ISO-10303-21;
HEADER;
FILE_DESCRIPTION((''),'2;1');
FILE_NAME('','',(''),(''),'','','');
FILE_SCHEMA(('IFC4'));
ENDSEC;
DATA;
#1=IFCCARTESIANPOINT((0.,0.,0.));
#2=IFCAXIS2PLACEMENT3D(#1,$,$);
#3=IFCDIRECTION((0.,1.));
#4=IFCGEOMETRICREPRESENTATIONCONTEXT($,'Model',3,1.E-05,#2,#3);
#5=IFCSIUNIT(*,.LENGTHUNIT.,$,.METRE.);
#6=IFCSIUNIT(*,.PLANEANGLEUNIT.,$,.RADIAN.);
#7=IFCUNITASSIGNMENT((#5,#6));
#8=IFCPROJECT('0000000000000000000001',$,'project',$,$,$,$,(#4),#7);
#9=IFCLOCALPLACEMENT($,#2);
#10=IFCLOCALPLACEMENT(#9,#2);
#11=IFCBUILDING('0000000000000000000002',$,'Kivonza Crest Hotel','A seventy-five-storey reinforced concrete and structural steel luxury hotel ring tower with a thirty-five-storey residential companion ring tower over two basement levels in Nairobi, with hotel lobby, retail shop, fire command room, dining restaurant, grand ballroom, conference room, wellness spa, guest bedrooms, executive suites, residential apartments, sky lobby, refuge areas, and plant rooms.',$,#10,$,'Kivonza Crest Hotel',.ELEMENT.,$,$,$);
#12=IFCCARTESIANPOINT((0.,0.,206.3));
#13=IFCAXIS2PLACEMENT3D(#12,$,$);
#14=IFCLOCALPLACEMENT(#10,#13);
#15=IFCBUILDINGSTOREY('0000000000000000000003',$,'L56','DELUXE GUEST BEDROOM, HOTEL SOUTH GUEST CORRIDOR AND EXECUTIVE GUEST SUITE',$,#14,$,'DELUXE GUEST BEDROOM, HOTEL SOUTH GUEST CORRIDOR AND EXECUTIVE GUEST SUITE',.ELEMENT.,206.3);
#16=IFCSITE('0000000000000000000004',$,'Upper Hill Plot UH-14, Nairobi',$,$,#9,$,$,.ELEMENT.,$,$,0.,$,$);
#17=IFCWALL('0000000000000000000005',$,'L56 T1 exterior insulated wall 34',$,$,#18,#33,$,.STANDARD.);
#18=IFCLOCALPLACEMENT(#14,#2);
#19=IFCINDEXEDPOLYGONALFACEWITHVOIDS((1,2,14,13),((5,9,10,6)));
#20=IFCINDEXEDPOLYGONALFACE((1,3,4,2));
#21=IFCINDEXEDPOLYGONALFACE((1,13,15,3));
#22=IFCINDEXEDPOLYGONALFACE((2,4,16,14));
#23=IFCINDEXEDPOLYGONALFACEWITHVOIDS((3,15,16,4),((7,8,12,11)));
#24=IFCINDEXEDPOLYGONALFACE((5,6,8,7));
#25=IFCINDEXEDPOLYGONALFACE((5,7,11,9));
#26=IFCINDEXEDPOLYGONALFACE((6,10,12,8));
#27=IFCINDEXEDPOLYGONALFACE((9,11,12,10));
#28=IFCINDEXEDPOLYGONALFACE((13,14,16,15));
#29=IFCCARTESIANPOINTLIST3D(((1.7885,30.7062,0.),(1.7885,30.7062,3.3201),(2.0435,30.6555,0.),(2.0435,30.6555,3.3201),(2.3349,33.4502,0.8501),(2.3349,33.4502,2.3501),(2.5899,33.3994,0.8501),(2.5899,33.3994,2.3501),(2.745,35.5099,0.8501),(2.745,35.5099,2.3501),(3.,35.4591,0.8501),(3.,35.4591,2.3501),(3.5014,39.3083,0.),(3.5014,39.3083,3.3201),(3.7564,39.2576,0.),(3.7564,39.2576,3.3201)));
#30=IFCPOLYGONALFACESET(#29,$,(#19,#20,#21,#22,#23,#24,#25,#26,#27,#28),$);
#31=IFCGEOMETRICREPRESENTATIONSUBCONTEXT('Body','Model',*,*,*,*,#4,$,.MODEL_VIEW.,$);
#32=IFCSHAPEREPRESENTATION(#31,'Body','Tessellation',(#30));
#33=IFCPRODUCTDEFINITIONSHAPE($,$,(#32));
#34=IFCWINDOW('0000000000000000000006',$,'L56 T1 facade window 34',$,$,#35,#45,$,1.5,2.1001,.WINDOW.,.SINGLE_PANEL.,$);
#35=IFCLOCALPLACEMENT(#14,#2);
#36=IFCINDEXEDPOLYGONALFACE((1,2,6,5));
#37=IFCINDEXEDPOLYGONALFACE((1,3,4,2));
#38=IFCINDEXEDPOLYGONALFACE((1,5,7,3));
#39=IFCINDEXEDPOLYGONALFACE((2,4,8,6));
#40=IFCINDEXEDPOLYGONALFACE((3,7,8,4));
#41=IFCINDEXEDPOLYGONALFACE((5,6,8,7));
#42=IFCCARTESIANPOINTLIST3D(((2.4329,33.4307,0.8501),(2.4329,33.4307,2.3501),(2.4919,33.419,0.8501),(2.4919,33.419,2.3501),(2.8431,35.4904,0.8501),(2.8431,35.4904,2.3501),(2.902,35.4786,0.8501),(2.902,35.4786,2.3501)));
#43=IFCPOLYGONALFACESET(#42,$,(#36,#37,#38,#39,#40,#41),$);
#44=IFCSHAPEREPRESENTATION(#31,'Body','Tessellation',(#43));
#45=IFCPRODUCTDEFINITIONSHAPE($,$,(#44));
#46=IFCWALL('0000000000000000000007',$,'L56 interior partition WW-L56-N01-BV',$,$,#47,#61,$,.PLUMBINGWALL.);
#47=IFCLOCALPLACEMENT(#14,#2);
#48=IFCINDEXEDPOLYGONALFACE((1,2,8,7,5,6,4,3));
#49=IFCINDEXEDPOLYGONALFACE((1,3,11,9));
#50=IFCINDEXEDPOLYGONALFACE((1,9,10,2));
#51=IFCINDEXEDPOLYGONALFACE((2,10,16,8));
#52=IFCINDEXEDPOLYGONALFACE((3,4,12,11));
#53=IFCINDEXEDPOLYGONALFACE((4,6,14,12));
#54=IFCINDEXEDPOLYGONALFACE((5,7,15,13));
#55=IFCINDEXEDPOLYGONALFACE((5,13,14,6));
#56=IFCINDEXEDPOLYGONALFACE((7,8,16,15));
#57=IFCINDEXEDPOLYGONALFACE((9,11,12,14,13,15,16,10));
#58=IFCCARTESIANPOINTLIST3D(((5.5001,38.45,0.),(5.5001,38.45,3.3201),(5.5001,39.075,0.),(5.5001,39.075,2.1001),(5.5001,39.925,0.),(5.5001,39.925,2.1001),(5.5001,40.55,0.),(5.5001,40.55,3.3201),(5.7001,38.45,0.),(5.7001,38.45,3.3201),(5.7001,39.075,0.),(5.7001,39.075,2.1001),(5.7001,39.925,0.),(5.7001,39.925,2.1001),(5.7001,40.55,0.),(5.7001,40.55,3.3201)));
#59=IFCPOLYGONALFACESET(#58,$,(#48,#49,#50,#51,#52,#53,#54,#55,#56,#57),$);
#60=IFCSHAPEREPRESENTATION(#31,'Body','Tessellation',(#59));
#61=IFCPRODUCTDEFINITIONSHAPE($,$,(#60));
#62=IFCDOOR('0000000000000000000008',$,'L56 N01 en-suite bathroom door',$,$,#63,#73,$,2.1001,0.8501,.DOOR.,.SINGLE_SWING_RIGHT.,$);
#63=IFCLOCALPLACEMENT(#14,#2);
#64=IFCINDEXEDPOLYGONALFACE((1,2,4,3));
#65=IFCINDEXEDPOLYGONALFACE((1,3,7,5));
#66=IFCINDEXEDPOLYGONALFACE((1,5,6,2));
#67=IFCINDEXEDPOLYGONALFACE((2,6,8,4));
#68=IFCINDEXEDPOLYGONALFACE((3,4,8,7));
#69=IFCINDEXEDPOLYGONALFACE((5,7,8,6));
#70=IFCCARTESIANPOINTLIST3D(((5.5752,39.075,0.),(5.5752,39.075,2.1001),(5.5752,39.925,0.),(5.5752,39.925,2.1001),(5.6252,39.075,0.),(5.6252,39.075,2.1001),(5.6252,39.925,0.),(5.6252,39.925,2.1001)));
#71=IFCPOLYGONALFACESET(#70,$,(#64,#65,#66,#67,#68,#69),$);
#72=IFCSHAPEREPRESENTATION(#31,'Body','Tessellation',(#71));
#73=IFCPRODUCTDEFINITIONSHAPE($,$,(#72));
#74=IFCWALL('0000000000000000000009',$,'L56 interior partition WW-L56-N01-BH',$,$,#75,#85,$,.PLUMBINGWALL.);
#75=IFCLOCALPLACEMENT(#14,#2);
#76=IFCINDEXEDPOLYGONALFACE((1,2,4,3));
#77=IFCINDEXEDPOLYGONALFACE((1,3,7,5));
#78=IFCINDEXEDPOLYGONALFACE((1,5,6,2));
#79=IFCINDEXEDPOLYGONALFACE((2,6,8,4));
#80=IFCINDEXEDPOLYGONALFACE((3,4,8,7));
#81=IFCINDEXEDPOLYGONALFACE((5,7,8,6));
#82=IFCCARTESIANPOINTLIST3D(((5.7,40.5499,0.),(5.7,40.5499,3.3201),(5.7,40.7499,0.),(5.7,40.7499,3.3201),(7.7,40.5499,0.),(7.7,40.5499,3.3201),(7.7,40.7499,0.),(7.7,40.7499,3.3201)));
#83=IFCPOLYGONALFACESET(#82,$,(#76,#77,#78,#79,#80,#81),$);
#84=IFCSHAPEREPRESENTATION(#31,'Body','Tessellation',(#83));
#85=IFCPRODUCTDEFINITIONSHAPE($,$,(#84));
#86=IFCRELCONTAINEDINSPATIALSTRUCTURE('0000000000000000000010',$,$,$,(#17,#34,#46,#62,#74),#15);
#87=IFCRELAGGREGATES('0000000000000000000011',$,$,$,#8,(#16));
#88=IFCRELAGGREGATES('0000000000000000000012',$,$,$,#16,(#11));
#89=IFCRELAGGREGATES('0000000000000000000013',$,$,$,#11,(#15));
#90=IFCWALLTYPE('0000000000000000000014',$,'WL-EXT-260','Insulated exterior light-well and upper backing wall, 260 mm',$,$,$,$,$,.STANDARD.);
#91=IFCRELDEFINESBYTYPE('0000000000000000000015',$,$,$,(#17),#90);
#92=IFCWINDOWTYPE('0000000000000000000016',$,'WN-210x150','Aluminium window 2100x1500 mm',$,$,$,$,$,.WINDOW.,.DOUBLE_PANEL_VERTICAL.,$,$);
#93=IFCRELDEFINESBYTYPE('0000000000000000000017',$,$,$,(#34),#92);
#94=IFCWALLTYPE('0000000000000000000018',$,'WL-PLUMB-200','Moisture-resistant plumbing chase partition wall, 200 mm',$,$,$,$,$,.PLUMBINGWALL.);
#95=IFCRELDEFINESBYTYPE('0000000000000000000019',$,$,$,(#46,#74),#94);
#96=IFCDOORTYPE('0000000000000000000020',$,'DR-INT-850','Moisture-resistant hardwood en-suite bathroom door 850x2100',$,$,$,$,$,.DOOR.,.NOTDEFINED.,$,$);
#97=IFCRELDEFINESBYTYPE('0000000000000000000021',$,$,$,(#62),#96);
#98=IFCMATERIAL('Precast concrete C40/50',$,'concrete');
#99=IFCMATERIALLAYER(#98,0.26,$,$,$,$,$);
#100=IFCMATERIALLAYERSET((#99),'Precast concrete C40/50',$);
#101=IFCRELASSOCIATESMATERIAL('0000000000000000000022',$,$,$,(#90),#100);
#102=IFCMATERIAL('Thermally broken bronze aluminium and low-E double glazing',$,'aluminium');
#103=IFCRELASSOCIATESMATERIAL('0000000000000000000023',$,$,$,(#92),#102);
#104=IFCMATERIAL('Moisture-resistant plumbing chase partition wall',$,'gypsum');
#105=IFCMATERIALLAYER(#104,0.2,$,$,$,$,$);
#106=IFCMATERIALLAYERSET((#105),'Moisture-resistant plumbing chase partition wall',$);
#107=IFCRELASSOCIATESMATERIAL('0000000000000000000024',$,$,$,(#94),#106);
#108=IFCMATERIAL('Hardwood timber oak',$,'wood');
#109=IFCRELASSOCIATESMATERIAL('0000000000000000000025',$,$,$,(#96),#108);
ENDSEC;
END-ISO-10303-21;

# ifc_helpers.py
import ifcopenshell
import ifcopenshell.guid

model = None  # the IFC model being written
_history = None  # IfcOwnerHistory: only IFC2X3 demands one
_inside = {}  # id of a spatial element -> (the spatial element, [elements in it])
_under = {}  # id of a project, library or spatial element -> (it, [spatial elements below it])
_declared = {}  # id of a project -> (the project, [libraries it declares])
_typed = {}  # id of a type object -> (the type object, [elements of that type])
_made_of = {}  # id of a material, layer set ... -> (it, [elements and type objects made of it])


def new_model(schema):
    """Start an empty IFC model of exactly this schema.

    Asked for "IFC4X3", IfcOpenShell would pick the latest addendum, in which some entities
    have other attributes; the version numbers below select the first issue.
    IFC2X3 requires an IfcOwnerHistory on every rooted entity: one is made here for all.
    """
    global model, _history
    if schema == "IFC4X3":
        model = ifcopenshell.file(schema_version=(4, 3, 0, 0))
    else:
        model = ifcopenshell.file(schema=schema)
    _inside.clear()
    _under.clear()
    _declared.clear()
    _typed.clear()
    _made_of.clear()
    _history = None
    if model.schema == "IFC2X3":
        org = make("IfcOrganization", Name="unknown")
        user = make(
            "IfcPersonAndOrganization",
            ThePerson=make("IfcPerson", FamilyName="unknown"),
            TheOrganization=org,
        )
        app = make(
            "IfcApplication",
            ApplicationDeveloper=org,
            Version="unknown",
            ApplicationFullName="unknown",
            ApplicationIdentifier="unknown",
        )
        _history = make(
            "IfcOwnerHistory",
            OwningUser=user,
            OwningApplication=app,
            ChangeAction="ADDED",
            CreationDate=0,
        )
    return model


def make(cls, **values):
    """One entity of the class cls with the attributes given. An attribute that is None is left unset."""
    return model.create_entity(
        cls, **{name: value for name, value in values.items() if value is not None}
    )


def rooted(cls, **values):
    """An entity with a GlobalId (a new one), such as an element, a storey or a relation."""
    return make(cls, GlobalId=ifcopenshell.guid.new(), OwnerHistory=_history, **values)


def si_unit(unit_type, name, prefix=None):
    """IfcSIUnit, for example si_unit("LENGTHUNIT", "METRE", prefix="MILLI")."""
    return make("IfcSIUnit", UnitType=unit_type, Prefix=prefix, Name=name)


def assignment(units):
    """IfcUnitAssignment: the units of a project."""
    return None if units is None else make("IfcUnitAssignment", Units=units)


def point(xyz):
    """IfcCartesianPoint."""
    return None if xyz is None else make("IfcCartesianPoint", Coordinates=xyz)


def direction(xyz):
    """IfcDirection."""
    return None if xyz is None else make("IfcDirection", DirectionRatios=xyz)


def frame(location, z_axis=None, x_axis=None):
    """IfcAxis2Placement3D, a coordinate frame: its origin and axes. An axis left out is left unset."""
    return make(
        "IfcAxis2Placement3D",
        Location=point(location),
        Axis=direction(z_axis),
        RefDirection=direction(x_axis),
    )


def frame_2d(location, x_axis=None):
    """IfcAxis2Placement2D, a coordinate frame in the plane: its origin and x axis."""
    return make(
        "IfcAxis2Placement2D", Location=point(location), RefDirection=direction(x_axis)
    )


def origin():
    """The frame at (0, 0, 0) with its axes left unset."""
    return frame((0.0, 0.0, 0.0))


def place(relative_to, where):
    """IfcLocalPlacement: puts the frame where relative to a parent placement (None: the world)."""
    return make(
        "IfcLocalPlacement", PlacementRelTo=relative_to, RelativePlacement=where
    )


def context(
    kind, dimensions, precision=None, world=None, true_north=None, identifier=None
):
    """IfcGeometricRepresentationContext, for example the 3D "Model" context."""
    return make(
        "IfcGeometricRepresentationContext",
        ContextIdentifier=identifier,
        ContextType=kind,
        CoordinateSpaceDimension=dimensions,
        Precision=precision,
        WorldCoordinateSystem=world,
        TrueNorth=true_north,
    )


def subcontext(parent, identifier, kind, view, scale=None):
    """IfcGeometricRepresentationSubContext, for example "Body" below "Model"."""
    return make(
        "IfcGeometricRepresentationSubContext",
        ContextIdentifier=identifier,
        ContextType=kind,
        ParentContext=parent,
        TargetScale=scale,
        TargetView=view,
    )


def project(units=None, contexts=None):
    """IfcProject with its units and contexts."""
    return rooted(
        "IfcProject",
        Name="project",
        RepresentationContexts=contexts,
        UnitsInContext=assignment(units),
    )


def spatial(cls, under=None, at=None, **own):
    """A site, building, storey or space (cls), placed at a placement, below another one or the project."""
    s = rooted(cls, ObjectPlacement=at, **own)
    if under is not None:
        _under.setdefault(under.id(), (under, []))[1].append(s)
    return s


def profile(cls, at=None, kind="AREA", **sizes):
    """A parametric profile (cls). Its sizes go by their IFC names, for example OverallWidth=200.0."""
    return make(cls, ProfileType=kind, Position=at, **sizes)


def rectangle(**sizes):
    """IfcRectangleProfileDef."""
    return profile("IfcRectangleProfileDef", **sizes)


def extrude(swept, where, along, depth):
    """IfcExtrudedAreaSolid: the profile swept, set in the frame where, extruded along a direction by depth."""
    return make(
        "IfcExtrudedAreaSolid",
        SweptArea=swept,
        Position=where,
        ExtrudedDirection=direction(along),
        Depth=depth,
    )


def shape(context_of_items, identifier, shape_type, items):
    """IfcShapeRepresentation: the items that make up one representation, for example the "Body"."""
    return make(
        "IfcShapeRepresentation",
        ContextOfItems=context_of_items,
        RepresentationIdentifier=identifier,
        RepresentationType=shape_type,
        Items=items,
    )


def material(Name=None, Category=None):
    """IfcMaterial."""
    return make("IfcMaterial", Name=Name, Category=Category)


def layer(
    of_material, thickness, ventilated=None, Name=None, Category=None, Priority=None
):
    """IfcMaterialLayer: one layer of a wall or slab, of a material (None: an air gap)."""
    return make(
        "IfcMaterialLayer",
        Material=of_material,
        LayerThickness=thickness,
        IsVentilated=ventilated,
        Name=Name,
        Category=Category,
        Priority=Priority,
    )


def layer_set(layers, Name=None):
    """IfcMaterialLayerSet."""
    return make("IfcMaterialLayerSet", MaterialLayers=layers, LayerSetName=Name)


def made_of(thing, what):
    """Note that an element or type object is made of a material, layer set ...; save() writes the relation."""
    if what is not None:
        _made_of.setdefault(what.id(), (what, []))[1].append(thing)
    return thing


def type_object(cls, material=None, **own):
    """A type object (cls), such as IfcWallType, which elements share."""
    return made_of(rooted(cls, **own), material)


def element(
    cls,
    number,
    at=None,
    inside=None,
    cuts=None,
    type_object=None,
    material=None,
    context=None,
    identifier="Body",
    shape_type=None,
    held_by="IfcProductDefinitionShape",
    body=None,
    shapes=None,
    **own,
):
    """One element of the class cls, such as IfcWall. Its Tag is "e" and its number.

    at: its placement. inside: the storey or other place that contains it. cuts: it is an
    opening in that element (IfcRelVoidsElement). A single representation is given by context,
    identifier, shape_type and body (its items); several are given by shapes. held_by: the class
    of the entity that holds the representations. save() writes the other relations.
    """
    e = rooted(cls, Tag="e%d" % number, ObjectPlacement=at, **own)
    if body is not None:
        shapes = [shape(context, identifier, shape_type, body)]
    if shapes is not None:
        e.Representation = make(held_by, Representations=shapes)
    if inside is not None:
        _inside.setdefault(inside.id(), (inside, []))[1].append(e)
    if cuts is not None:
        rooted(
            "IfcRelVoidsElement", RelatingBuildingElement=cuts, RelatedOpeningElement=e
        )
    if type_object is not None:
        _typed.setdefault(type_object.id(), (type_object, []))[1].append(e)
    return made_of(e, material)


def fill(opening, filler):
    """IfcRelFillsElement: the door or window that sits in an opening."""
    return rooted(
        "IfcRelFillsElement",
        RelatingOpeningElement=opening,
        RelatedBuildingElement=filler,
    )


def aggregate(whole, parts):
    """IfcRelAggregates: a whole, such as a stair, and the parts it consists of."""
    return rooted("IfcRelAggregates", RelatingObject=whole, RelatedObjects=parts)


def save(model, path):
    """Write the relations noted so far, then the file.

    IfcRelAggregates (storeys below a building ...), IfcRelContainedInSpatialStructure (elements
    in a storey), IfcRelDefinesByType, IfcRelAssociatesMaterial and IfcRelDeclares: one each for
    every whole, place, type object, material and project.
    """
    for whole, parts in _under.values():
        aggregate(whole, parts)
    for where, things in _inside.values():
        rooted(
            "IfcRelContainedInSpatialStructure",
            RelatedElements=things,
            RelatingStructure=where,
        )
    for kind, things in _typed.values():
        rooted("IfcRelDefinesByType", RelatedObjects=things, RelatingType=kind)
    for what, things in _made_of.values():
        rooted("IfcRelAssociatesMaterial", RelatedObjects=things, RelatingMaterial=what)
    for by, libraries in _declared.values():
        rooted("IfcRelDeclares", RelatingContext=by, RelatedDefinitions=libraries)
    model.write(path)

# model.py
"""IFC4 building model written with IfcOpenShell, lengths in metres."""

from ifc_helpers import new_model, si_unit, direction, frame, frame_2d, origin, place, context, subcontext, project, spatial, rectangle, extrude, material, layer, layer_set, type_object, element, fill, save


model = new_model("IFC4")

# Units and contexts
model_context = context("Model", 3, precision=1e-05, world=origin(), true_north=direction((0.0, 1.0)))
body_context = subcontext(model_context, "Body", "Model", "MODEL_VIEW")
ifc_project = project(units=[si_unit("LENGTHUNIT", "METRE"), si_unit("PLANEANGLEUNIT", "RADIAN")], contexts=[model_context])

# Site, building, storey
site_placement = place(None, origin())
site = spatial("IfcSite", under=ifc_project, at=site_placement, Name="Upper Hill Plot UH-14, Nairobi", CompositionType="ELEMENT", RefElevation=0.0)
building_placement = place(site_placement, origin())
building = spatial("IfcBuilding", under=site, at=building_placement, Name="Kivonza Crest Hotel", Description="A seventy-five-storey reinforced concrete and structural steel luxury hotel ring tower with a thirty-five-storey residential companion ring tower over two basement levels in Nairobi, with hotel lobby, retail shop, fire command room, dining restaurant, grand ballroom, conference room, wellness spa, guest bedrooms, executive suites, residential apartments, sky lobby, refuge areas, and plant rooms.", LongName="Kivonza Crest Hotel", CompositionType="ELEMENT")
storey_placement = place(building_placement, frame((0.0, 0.0, 206.3)))
storey = spatial("IfcBuildingStorey", under=building, at=storey_placement, Name="L56", Description="DELUXE GUEST BEDROOM, HOTEL SOUTH GUEST CORRIDOR AND EXECUTIVE GUEST SUITE", LongName="DELUXE GUEST BEDROOM, HOTEL SOUTH GUEST CORRIDOR AND EXECUTIVE GUEST SUITE", CompositionType="ELEMENT", Elevation=206.3)

# Shared definitions
ifc_material_1 = material(Name="Hardwood timber oak", Category="wood")

# Shared definitions
ifc_material_2 = material(Name="Precast concrete C40/50", Category="concrete")
ifc_layer_1 = layer(ifc_material_2, 0.26)
ifc_layer_set_1 = layer_set([ifc_layer_1], Name="Precast concrete C40/50")
wall_type_1 = type_object("IfcWallType", Name="WL-EXT-260", Description="Insulated exterior light-well and upper backing wall, 260 mm", PredefinedType="STANDARD", material=ifc_layer_set_1)

# Wall, opening, window
ifc_material_3 = material(Name="Thermally broken bronze aluminium and low-E double glazing", Category="aluminium")
wall_1_placement = place(storey_placement, frame((3.6289, 39.283, 0.0), z_axis=(0.0, 0.0, 1.0), x_axis=(-0.195292, -0.980745, 0.0)))
wall_1 = element("IfcWall", 1, at=wall_1_placement, inside=storey, type_object=wall_type_1, Name="L56 T1 exterior insulated wall 34", PredefinedType="STANDARD", context=body_context, shape_type="SweptSolid", body=[
    extrude(rectangle(XDim=8.771, YDim=0.26, at=frame_2d((4.3855, 0.0))), origin(), (0.0, 0.0, 1.0), 3.3201),
])
opening_1_placement = place(wall_1_placement, frame((3.873, 0.0, 0.8501)))
opening_1 = element("IfcOpeningElement", 2, at=opening_1_placement, cuts=wall_1, PredefinedType="OPENING", context=body_context, shape_type="SweptSolid", body=[
    extrude(rectangle(XDim=2.1001, YDim=1.5, at=frame_2d((1.05, 0.75))), frame((0.0, 0.1401, 0.0), z_axis=(0.0, -1.0, 0.0), x_axis=(1.0, 0.0, 0.0)), (0.0, 0.0, 1.0), 0.28),
])
window_type_1 = type_object("IfcWindowType", Name="WN-210x150", Description="Aluminium window 2100x1500 mm", PartitioningType="DOUBLE_PANEL_VERTICAL", PredefinedType="WINDOW", material=ifc_material_3)
window_1_placement = place(opening_1_placement, origin())
window_1 = element("IfcWindow", 3, at=window_1_placement, inside=storey, type_object=window_type_1, Name="L56 T1 facade window 34", OverallHeight=1.5, OverallWidth=2.1001, PartitioningType="SINGLE_PANEL", PredefinedType="WINDOW", context=body_context, shape_type="SweptSolid", body=[
    extrude(rectangle(XDim=2.1001, YDim=1.5, at=frame_2d((1.05, 0.75))), frame((0.0, 0.03, 0.0), z_axis=(0.0, -1.0, 0.0), x_axis=(1.0, 0.0, 0.0)), (0.0, 0.0, 1.0), 0.0601),
])
fill(opening_1, window_1)

# Wall, opening, door
ifc_material_4 = material(Name="Moisture-resistant plumbing chase partition wall", Category="gypsum")
ifc_layer_2 = layer(ifc_material_4, 0.2)
ifc_layer_set_2 = layer_set([ifc_layer_2], Name="Moisture-resistant plumbing chase partition wall")
wall_type_2 = type_object("IfcWallType", Name="WL-PLUMB-200", Description="Moisture-resistant plumbing chase partition wall, 200 mm", PredefinedType="PLUMBINGWALL", material=ifc_layer_set_2)
wall_2_placement = place(storey_placement, frame((5.6001, 38.45, 0.0), z_axis=(0.0, 0.0, 1.0), x_axis=(0.0, 1.0, 0.0)))
wall_2 = element("IfcWall", 4, at=wall_2_placement, inside=storey, type_object=wall_type_2, Name="L56 interior partition WW-L56-N01-BV", PredefinedType="PLUMBINGWALL", context=body_context, shape_type="SweptSolid", body=[
    extrude(rectangle(XDim=2.1001, YDim=0.2, at=frame_2d((1.05, 0.0))), origin(), (0.0, 0.0, 1.0), 3.3201),
])
opening_2_placement = place(wall_2_placement, frame((0.625, 0.0, 0.0)))
opening_2 = element("IfcOpeningElement", 5, at=opening_2_placement, cuts=wall_2, PredefinedType="OPENING", context=body_context, shape_type="SweptSolid", body=[
    extrude(rectangle(XDim=0.8501, YDim=2.1001, at=frame_2d((0.425, 1.05))), frame((0.0, 0.1099, 0.0), z_axis=(0.0, -1.0, 0.0), x_axis=(1.0, 0.0, 0.0)), (0.0, 0.0, 1.0), 0.22),
])
door_type_1 = type_object("IfcDoorType", Name="DR-INT-850", Description="Moisture-resistant hardwood en-suite bathroom door 850x2100", OperationType="NOTDEFINED", PredefinedType="DOOR", material=ifc_material_1)
door_1_placement = place(opening_2_placement, origin())
door_1 = element("IfcDoor", 6, at=door_1_placement, inside=storey, type_object=door_type_1, Name="L56 N01 en-suite bathroom door", OperationType="SINGLE_SWING_RIGHT", OverallHeight=2.1001, OverallWidth=0.8501, PredefinedType="DOOR", context=body_context, shape_type="SweptSolid", body=[
    extrude(rectangle(XDim=0.8501, YDim=2.1001, at=frame_2d((0.425, 1.05))), frame((0.0, 0.0249, 0.0), z_axis=(0.0, -1.0, 0.0), x_axis=(1.0, 0.0, 0.0)), (0.0, 0.0, 1.0), 0.05),
])
fill(opening_2, door_1)

# Wall
wall_3_placement = place(storey_placement, frame((5.7, 40.6499, 0.0), z_axis=(0.0, 0.0, 1.0), x_axis=(1.0, 0.0, 0.0)))
element("IfcWall", 7, at=wall_3_placement, inside=storey, type_object=wall_type_2, Name="L56 interior partition WW-L56-N01-BH", PredefinedType="PLUMBINGWALL", context=body_context, shape_type="SweptSolid", body=[
    extrude(rectangle(XDim=2.0, YDim=0.2, at=frame_2d((1.0, 0.0))), origin(), (0.0, 0.0, 1.0), 3.3201),
])

save(model, "model.ifc")
